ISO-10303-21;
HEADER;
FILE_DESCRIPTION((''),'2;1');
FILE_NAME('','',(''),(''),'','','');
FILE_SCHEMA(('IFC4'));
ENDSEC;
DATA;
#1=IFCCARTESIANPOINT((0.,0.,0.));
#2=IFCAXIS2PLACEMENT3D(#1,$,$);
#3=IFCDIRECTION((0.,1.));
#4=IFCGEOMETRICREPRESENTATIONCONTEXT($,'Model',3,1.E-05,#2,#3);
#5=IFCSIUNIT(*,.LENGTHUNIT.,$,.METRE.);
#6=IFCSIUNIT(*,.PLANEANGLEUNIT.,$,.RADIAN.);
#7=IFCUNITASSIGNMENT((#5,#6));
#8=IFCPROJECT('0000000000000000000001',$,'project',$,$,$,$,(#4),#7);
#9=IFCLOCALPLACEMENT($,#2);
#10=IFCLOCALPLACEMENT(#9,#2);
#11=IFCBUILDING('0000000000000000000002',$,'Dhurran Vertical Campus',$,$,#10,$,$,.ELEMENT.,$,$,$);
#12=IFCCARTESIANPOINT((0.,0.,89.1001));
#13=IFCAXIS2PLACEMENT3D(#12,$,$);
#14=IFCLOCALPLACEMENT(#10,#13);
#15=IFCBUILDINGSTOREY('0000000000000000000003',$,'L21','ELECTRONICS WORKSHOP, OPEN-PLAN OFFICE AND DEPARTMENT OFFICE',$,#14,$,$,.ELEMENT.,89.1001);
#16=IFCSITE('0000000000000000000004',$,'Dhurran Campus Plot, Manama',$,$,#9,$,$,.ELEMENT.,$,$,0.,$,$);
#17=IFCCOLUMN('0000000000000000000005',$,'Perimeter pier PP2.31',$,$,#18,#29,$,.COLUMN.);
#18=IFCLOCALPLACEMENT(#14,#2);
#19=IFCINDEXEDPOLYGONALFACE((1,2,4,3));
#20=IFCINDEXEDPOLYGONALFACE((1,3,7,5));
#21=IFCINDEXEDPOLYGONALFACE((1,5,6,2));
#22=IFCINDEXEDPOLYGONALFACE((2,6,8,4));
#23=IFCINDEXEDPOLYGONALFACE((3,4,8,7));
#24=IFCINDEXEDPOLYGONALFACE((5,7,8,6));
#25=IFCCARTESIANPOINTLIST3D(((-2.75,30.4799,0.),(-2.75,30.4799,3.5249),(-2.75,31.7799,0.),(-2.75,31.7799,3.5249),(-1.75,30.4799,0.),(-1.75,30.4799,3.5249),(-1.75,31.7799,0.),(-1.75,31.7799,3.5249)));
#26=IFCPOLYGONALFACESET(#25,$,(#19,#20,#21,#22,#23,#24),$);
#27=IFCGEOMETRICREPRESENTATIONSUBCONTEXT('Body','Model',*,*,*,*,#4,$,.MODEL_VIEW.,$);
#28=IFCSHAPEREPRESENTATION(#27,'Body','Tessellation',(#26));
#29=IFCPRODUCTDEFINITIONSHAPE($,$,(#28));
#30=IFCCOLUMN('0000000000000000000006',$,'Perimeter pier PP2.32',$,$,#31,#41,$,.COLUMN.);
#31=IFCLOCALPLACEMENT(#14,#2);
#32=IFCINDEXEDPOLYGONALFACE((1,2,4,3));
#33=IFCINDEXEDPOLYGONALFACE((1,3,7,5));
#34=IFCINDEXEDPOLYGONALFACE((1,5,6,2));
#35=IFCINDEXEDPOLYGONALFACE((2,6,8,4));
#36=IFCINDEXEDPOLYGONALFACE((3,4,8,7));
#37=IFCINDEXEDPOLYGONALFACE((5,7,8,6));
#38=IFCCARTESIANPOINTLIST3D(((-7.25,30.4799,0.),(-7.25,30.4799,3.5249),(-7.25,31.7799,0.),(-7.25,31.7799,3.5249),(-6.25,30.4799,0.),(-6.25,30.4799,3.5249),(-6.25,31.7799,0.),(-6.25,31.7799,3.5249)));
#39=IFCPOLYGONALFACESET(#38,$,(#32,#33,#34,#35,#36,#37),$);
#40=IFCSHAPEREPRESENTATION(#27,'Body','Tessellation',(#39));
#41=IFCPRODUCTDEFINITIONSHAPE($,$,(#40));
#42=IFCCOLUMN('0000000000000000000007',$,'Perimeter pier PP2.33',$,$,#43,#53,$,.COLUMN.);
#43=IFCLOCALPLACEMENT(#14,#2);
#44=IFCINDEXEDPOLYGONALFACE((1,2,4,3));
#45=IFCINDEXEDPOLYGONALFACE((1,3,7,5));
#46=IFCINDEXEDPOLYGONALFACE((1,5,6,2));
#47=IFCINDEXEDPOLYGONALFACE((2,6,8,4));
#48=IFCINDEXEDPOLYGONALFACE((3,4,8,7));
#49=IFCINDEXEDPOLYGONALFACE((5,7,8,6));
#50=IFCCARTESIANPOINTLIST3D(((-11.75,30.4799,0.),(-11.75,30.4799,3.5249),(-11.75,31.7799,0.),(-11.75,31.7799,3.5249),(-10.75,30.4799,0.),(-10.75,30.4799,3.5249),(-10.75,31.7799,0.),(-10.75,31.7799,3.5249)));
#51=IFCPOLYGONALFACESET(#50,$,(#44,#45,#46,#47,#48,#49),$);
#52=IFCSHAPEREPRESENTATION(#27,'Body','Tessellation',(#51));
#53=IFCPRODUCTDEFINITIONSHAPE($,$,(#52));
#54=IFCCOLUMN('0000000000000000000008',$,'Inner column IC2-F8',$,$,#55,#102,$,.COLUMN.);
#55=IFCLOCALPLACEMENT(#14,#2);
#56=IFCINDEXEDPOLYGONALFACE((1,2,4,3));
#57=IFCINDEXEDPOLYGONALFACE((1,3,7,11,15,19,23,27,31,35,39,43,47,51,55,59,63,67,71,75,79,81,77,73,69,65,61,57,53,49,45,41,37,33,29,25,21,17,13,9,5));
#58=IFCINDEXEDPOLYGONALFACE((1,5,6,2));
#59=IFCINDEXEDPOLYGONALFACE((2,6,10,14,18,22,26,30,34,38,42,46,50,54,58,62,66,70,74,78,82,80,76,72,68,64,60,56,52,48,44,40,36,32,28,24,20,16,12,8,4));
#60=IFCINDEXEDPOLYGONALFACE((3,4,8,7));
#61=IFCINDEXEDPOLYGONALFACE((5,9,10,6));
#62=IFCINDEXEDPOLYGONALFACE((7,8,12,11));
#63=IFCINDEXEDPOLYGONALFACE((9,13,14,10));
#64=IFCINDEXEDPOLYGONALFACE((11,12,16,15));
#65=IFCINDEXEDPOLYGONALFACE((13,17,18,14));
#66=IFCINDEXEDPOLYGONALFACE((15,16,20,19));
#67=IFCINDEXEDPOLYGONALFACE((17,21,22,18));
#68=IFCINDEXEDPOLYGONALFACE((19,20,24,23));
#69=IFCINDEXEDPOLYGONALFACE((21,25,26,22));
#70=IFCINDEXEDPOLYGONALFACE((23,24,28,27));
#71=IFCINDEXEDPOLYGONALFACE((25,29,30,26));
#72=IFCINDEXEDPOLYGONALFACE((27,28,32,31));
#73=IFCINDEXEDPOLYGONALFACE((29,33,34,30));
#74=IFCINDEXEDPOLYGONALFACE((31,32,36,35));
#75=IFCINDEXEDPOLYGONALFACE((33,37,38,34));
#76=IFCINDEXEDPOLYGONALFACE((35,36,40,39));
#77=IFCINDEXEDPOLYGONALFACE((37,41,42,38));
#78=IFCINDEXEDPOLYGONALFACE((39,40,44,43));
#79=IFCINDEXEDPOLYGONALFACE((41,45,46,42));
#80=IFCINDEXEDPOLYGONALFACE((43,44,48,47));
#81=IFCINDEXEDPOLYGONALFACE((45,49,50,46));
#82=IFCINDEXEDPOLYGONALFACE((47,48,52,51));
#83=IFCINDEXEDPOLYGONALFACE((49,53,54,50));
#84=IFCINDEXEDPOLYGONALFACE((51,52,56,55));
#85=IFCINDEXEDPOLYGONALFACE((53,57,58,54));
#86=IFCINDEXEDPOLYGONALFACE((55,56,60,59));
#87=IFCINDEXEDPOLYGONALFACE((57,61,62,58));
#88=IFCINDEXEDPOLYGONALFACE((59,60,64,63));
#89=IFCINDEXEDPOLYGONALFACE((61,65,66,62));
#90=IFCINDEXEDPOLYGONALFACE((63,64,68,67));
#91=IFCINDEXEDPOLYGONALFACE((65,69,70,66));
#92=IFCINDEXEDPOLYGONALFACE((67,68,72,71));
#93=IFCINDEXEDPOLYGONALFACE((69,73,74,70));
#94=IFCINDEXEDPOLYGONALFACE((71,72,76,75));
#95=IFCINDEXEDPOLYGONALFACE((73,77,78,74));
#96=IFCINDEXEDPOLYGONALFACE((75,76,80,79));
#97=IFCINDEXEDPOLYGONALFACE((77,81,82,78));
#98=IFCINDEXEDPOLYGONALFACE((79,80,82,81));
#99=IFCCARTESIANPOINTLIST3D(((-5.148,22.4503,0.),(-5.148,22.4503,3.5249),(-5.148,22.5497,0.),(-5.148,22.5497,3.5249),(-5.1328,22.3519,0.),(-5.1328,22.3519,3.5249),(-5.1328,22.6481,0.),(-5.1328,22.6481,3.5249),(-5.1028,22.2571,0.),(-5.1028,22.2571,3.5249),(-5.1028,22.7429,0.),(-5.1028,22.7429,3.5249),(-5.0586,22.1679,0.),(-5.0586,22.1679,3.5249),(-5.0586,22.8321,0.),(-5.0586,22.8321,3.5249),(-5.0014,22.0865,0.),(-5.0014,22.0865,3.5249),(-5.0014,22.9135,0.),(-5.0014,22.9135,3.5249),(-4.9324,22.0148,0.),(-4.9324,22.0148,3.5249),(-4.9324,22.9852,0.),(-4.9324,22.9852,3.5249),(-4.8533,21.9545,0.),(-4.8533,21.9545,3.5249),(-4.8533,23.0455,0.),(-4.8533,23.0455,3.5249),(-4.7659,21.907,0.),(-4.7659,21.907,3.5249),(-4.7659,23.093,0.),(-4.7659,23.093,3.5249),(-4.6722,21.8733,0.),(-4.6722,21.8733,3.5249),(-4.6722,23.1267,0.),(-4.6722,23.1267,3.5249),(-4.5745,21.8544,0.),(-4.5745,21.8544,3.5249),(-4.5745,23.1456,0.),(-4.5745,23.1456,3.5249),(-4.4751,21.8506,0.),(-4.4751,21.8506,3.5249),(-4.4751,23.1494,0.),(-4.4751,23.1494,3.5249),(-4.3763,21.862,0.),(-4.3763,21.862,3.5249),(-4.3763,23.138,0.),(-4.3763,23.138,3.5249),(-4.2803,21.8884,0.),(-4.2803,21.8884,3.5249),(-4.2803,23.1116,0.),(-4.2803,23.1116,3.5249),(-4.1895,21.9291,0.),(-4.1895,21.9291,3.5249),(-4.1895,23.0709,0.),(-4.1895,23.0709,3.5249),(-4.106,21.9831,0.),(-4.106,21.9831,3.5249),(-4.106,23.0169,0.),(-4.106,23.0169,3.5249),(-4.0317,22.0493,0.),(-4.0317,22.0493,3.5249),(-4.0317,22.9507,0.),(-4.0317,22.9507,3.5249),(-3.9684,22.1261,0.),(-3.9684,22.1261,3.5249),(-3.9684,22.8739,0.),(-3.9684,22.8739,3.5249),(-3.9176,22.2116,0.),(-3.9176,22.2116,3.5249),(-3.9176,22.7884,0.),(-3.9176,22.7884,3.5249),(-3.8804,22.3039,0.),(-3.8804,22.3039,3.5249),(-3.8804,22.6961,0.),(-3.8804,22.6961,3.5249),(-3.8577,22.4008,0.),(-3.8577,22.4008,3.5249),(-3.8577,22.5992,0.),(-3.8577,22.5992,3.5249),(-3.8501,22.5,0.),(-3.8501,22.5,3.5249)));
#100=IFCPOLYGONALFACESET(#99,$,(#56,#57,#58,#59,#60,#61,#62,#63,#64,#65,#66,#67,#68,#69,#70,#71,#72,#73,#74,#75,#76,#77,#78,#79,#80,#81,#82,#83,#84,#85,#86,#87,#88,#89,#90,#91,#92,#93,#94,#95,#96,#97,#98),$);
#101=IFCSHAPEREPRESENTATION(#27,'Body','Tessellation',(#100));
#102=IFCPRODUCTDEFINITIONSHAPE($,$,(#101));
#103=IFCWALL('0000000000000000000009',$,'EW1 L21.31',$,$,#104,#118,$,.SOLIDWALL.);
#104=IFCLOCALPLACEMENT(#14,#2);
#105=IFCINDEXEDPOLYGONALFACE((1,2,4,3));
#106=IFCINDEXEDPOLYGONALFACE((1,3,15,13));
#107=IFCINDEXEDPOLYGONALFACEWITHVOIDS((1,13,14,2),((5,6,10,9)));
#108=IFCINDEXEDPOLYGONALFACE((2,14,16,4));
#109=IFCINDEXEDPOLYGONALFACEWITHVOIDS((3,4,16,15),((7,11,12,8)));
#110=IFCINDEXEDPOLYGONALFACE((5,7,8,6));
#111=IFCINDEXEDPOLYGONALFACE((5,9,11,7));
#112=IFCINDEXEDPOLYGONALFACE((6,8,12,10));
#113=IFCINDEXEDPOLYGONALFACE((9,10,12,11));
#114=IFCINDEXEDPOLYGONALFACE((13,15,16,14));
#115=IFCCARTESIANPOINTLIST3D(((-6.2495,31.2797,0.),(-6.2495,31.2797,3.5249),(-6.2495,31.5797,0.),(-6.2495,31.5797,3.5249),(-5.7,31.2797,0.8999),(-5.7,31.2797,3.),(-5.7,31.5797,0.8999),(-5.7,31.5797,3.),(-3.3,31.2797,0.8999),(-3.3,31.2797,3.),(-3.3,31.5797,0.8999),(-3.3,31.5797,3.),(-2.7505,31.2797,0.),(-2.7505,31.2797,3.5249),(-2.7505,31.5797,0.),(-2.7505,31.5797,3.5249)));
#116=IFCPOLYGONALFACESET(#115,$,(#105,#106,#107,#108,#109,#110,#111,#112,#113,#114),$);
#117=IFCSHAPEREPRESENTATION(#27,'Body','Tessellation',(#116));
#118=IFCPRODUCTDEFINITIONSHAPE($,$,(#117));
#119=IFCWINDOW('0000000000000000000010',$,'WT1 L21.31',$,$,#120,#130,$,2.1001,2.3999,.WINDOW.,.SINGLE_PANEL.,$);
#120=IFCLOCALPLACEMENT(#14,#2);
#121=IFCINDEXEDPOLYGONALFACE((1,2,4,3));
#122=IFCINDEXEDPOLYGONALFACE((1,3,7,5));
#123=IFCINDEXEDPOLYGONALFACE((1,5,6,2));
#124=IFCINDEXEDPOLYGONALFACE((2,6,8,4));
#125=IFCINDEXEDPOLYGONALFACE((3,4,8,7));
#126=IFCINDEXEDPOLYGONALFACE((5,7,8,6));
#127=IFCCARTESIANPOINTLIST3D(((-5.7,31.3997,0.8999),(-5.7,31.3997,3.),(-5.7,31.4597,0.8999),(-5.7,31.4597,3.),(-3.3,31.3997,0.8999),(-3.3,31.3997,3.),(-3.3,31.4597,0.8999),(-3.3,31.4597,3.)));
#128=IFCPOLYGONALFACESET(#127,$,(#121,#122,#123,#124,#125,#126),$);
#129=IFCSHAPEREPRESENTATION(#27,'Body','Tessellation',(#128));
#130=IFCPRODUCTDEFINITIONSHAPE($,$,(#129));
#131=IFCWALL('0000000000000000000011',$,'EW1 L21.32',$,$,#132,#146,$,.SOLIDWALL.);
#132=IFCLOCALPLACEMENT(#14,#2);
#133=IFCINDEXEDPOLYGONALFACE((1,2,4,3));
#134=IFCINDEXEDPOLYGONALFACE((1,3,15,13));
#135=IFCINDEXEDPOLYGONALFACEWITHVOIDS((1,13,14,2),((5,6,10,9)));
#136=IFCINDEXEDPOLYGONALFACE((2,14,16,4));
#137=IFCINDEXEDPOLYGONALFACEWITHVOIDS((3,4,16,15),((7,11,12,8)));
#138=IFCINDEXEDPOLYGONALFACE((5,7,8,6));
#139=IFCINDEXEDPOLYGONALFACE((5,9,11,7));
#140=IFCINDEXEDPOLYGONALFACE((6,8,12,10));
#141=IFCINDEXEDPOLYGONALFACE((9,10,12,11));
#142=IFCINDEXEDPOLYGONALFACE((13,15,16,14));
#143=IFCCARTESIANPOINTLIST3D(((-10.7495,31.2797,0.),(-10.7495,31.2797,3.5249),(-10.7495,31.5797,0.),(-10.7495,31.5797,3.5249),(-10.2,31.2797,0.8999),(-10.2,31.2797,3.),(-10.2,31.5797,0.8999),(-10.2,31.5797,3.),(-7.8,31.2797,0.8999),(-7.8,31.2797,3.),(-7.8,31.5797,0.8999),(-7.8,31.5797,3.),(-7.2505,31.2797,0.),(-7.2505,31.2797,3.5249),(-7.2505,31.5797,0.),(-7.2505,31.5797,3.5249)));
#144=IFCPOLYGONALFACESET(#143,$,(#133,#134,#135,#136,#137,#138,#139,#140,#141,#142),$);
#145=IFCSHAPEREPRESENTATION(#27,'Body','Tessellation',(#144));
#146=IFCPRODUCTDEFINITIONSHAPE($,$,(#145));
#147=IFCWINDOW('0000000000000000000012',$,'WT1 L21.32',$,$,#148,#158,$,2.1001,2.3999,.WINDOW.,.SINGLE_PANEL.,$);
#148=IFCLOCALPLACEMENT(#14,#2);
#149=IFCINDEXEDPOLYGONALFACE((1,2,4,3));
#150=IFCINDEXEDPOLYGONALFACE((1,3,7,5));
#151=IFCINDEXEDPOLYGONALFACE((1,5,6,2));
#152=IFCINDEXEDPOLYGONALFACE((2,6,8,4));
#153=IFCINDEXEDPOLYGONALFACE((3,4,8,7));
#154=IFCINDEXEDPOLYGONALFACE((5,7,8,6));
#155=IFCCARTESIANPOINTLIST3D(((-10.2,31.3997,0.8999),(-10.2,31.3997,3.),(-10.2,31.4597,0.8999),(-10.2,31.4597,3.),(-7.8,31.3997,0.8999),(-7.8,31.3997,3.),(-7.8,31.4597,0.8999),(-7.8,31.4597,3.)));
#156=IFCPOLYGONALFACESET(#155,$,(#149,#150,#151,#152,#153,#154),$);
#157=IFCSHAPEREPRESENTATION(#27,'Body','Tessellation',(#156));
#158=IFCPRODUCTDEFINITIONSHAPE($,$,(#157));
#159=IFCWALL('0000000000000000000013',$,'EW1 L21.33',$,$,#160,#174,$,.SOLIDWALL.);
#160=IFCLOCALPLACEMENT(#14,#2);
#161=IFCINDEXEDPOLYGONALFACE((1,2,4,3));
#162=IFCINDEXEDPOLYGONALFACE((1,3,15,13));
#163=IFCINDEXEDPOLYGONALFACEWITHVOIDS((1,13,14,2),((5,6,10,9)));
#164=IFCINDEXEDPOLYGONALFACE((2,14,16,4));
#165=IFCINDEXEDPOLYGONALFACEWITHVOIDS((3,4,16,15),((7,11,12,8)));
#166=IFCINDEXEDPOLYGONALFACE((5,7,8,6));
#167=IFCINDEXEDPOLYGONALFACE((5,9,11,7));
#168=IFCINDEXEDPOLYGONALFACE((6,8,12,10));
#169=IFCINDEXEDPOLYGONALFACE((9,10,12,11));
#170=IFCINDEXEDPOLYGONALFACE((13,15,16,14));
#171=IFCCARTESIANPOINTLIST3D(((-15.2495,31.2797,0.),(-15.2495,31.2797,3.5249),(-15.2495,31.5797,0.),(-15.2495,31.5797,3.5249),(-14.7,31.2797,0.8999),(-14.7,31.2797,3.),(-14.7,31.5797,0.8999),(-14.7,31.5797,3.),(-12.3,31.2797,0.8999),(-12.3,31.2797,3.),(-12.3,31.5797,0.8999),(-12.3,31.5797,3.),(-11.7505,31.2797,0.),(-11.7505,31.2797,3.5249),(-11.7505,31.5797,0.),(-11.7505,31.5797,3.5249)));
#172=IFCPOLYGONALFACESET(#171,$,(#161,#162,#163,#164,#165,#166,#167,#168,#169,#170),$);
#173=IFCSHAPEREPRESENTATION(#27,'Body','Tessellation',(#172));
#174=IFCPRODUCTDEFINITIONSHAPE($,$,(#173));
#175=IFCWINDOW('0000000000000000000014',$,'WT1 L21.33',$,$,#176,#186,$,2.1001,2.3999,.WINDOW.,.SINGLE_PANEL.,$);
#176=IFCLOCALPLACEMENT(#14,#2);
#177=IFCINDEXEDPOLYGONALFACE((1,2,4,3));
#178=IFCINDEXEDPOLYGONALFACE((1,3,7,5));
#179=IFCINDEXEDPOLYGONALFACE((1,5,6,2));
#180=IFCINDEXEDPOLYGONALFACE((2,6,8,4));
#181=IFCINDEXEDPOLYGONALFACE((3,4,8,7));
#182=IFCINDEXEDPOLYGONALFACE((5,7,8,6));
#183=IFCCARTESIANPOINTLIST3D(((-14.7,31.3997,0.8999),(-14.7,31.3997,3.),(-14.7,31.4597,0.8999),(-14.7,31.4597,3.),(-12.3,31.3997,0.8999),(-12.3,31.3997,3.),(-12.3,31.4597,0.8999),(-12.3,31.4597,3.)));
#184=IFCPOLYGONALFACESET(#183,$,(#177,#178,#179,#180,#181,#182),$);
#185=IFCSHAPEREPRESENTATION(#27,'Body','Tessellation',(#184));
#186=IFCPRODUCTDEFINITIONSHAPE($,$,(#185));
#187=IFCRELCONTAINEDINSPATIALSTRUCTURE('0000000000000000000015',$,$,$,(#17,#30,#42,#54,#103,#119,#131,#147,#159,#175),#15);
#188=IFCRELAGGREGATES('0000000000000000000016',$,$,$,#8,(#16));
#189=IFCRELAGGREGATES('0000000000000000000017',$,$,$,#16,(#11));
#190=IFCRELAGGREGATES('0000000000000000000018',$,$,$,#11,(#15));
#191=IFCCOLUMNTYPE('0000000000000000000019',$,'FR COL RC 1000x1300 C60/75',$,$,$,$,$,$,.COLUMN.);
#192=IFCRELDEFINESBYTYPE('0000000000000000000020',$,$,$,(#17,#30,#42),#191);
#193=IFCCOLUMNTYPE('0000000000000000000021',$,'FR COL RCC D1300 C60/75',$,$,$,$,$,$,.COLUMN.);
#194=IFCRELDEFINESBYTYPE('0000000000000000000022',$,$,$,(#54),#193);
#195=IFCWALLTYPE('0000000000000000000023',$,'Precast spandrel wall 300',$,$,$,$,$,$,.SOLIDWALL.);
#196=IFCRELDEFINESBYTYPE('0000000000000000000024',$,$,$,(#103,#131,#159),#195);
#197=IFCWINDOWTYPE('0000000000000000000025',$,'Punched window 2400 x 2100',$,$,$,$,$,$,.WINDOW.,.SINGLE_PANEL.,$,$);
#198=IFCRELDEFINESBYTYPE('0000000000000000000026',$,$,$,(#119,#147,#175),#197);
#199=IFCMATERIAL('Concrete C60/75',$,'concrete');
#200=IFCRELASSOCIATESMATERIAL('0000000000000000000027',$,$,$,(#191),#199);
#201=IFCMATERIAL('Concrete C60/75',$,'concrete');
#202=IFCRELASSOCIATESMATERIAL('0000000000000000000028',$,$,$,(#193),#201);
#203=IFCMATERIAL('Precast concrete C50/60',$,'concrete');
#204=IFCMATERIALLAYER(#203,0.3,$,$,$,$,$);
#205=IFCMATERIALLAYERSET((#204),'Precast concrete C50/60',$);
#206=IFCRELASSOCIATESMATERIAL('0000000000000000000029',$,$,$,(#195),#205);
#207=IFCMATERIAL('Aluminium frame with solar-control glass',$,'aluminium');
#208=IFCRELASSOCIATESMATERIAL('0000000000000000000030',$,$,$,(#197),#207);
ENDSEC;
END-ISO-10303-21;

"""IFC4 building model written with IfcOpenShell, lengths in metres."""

from ifc_helpers import new_model, si_unit, direction, frame, frame_2d, origin, origin_2d, place, context, subcontext, project, spatial, rectangle, circle, extrude, material, layer, layer_set, material_profile, profile_set, type_object, element, fill, save


model = new_model("IFC4")

# Units and contexts
model_context = context("Model", 3, precision=1e-05, world=origin(), true_north=direction((0.0, 1.0)))
body_context = subcontext(model_context, "Body", "Model", "MODEL_VIEW")
ifc_project = project(units=[si_unit("LENGTHUNIT", "METRE"), si_unit("PLANEANGLEUNIT", "RADIAN")], contexts=[model_context])

# Site, building, storey
site_placement = place(None, origin())
site = spatial("IfcSite", under=ifc_project, at=site_placement, Name="Dhurran Campus Plot, Manama", CompositionType="ELEMENT", RefElevation=0.0)
building_placement = place(site_placement, origin())
building = spatial("IfcBuilding", under=site, at=building_placement, Name="Dhurran Vertical Campus", CompositionType="ELEMENT")
storey_placement = place(building_placement, frame((0.0, 0.0, 89.1001)))
storey = spatial("IfcBuildingStorey", under=building, at=storey_placement, Name="L21", Description="ELECTRONICS WORKSHOP, OPEN-PLAN OFFICE AND DEPARTMENT OFFICE", CompositionType="ELEMENT", Elevation=89.1001)

# Columns
ifc_material_1 = material(Name="Concrete C60/75", Category="concrete")
ifc_material_profile_1 = material_profile(ifc_material_1, rectangle(XDim=1.0, YDim=1.3, at=origin_2d()), Name="RC 1000x1300")
ifc_profile_set_1 = profile_set([ifc_material_profile_1], Name="Concrete C60/75")
column_type_1 = type_object("IfcColumnType", Name="FR COL RC 1000x1300 C60/75", PredefinedType="COLUMN", material=ifc_profile_set_1)
for number, where, z_axis, x_axis, name in (
    (1, (-2.25, 31.1299, 0.0), (0.0, 0.0, 1.0), (-1.0, 0.0, 0.0), "Perimeter pier PP2.31"),
    (2, (-6.75, 31.1299, 0.0), (0.0, 0.0, 1.0), (-1.0, 0.0, 0.0), "Perimeter pier PP2.32"),
    (3, (-11.25, 31.1299, 0.0), (0.0, 0.0, 1.0), (-1.0, 0.0, 0.0), "Perimeter pier PP2.33"),
):
    element("IfcColumn", number, at=place(storey_placement, frame(where, z_axis=z_axis, x_axis=x_axis)), inside=storey, type_object=column_type_1, Name=name, PredefinedType="COLUMN", context=body_context, shape_type="SweptSolid", body=[
        extrude(rectangle(XDim=1.0, YDim=1.3, at=origin_2d()), origin(), (0.0, 0.0, 1.0), 3.5249),
    ])
ifc_material_2 = material(Name="Concrete C60/75", Category="concrete")
ifc_material_profile_2 = material_profile(ifc_material_2, circle(Radius=0.6499, at=origin_2d()), Name="RCC D1300")
ifc_profile_set_2 = profile_set([ifc_material_profile_2], Name="Concrete C60/75")
column_type_2 = type_object("IfcColumnType", Name="FR COL RCC D1300 C60/75", PredefinedType="COLUMN", material=ifc_profile_set_2)
column_placement = place(storey_placement, frame((-4.5, 22.5, 0.0), z_axis=(0.0, 0.0, 1.0), x_axis=(1.0, 0.0, 0.0)))
element("IfcColumn", 4, at=column_placement, inside=storey, type_object=column_type_2, Name="Inner column IC2-F8", PredefinedType="COLUMN", context=body_context, shape_type="SweptSolid", body=[
    extrude(circle(Radius=0.6499, at=origin_2d()), origin(), (0.0, 0.0, 1.0), 3.5249),
])

# Walls, openings, windows
ifc_material_3 = material(Name="Precast concrete C50/60", Category="concrete")
ifc_layer_1 = layer(ifc_material_3, 0.3)
ifc_layer_set_1 = layer_set([ifc_layer_1], Name="Precast concrete C50/60")
wall_type_1 = type_object("IfcWallType", Name="Precast spandrel wall 300", PredefinedType="SOLIDWALL", material=ifc_layer_set_1)
wall_1_placement = place(storey_placement, frame((-2.7505, 31.4297, 0.0), z_axis=(0.0, 0.0, 1.0), x_axis=(-1.0, 0.0, 0.0)))
wall_1 = element("IfcWall", 5, at=wall_1_placement, inside=storey, type_object=wall_type_1, Name="EW1 L21.31", PredefinedType="SOLIDWALL", context=body_context, shape_type="SweptSolid", body=[
    extrude(rectangle(XDim=3.499, YDim=0.3, at=frame_2d((1.7495, 0.0))), origin(), (0.0, 0.0, 1.0), 3.5249),
])
opening_1_placement = place(wall_1_placement, frame((0.5496, 0.0, 0.8999)))
opening_1 = element("IfcOpeningElement", 6, at=opening_1_placement, cuts=wall_1, PredefinedType="OPENING", context=body_context, shape_type="SweptSolid", body=[
    extrude(rectangle(XDim=2.3999, YDim=2.1001, at=frame_2d((1.2, 1.05))), frame((0.0, 0.1599, 0.0), z_axis=(0.0, -1.0, 0.0), x_axis=(1.0, 0.0, 0.0)), (0.0, 0.0, 1.0), 0.3201),
])
ifc_material_4 = material(Name="Aluminium frame with solar-control glass", Category="aluminium")
window_type = type_object("IfcWindowType", Name="Punched window 2400 x 2100", PartitioningType="SINGLE_PANEL", PredefinedType="WINDOW", material=ifc_material_4)
window_1_placement = place(opening_1_placement, origin())
window_1 = element("IfcWindow", 7, at=window_1_placement, inside=storey, type_object=window_type, Name="WT1 L21.31", OverallHeight=2.1001, OverallWidth=2.3999, PartitioningType="SINGLE_PANEL", PredefinedType="WINDOW", context=body_context, shape_type="SweptSolid", body=[
    extrude(rectangle(XDim=2.3999, YDim=2.1001, at=frame_2d((1.2, 1.05))), frame((0.0, 0.03, 0.0), z_axis=(0.0, -1.0, 0.0), x_axis=(1.0, 0.0, 0.0)), (0.0, 0.0, 1.0), 0.0601),
])
fill(opening_1, window_1)
wall_2_placement = place(storey_placement, frame((-7.2505, 31.4297, 0.0), z_axis=(0.0, 0.0, 1.0), x_axis=(-1.0, 0.0, 0.0)))
wall_2 = element("IfcWall", 8, at=wall_2_placement, inside=storey, type_object=wall_type_1, Name="EW1 L21.32", PredefinedType="SOLIDWALL", context=body_context, shape_type="SweptSolid", body=[
    extrude(rectangle(XDim=3.499, YDim=0.3, at=frame_2d((1.7495, 0.0))), origin(), (0.0, 0.0, 1.0), 3.5249),
])
opening_2_placement = place(wall_2_placement, frame((0.5496, 0.0, 0.8999)))
opening_2 = element("IfcOpeningElement", 9, at=opening_2_placement, cuts=wall_2, PredefinedType="OPENING", context=body_context, shape_type="SweptSolid", body=[
    extrude(rectangle(XDim=2.3999, YDim=2.1001, at=frame_2d((1.2, 1.05))), frame((0.0, 0.1599, 0.0), z_axis=(0.0, -1.0, 0.0), x_axis=(1.0, 0.0, 0.0)), (0.0, 0.0, 1.0), 0.3201),
])
window_2_placement = place(opening_2_placement, origin())
window_2 = element("IfcWindow", 10, at=window_2_placement, inside=storey, type_object=window_type, Name="WT1 L21.32", OverallHeight=2.1001, OverallWidth=2.3999, PartitioningType="SINGLE_PANEL", PredefinedType="WINDOW", context=body_context, shape_type="SweptSolid", body=[
    extrude(rectangle(XDim=2.3999, YDim=2.1001, at=frame_2d((1.2, 1.05))), frame((0.0, 0.03, 0.0), z_axis=(0.0, -1.0, 0.0), x_axis=(1.0, 0.0, 0.0)), (0.0, 0.0, 1.0), 0.0601),
])
fill(opening_2, window_2)
wall_3_placement = place(storey_placement, frame((-11.7505, 31.4297, 0.0), z_axis=(0.0, 0.0, 1.0), x_axis=(-1.0, 0.0, 0.0)))
wall_3 = element("IfcWall", 11, at=wall_3_placement, inside=storey, type_object=wall_type_1, Name="EW1 L21.33", PredefinedType="SOLIDWALL", context=body_context, shape_type="SweptSolid", body=[
    extrude(rectangle(XDim=3.499, YDim=0.3, at=frame_2d((1.7495, 0.0))), origin(), (0.0, 0.0, 1.0), 3.5249),
])
opening_3_placement = place(wall_3_placement, frame((0.5496, 0.0, 0.8999)))
opening_3 = element("IfcOpeningElement", 12, at=opening_3_placement, cuts=wall_3, PredefinedType="OPENING", context=body_context, shape_type="SweptSolid", body=[
    extrude(rectangle(XDim=2.3999, YDim=2.1001, at=frame_2d((1.2, 1.05))), frame((0.0, 0.1599, 0.0), z_axis=(0.0, -1.0, 0.0), x_axis=(1.0, 0.0, 0.0)), (0.0, 0.0, 1.0), 0.3201),
])
window_3_placement = place(opening_3_placement, origin())
window_3 = element("IfcWindow", 13, at=window_3_placement, inside=storey, type_object=window_type, Name="WT1 L21.33", OverallHeight=2.1001, OverallWidth=2.3999, PartitioningType="SINGLE_PANEL", PredefinedType="WINDOW", context=body_context, shape_type="SweptSolid", body=[
    extrude(rectangle(XDim=2.3999, YDim=2.1001, at=frame_2d((1.2, 1.05))), frame((0.0, 0.03, 0.0), z_axis=(0.0, -1.0, 0.0), x_axis=(1.0, 0.0, 0.0)), (0.0, 0.0, 1.0), 0.0601),
])
fill(opening_3, window_3)

save(model, "model.ifc")
